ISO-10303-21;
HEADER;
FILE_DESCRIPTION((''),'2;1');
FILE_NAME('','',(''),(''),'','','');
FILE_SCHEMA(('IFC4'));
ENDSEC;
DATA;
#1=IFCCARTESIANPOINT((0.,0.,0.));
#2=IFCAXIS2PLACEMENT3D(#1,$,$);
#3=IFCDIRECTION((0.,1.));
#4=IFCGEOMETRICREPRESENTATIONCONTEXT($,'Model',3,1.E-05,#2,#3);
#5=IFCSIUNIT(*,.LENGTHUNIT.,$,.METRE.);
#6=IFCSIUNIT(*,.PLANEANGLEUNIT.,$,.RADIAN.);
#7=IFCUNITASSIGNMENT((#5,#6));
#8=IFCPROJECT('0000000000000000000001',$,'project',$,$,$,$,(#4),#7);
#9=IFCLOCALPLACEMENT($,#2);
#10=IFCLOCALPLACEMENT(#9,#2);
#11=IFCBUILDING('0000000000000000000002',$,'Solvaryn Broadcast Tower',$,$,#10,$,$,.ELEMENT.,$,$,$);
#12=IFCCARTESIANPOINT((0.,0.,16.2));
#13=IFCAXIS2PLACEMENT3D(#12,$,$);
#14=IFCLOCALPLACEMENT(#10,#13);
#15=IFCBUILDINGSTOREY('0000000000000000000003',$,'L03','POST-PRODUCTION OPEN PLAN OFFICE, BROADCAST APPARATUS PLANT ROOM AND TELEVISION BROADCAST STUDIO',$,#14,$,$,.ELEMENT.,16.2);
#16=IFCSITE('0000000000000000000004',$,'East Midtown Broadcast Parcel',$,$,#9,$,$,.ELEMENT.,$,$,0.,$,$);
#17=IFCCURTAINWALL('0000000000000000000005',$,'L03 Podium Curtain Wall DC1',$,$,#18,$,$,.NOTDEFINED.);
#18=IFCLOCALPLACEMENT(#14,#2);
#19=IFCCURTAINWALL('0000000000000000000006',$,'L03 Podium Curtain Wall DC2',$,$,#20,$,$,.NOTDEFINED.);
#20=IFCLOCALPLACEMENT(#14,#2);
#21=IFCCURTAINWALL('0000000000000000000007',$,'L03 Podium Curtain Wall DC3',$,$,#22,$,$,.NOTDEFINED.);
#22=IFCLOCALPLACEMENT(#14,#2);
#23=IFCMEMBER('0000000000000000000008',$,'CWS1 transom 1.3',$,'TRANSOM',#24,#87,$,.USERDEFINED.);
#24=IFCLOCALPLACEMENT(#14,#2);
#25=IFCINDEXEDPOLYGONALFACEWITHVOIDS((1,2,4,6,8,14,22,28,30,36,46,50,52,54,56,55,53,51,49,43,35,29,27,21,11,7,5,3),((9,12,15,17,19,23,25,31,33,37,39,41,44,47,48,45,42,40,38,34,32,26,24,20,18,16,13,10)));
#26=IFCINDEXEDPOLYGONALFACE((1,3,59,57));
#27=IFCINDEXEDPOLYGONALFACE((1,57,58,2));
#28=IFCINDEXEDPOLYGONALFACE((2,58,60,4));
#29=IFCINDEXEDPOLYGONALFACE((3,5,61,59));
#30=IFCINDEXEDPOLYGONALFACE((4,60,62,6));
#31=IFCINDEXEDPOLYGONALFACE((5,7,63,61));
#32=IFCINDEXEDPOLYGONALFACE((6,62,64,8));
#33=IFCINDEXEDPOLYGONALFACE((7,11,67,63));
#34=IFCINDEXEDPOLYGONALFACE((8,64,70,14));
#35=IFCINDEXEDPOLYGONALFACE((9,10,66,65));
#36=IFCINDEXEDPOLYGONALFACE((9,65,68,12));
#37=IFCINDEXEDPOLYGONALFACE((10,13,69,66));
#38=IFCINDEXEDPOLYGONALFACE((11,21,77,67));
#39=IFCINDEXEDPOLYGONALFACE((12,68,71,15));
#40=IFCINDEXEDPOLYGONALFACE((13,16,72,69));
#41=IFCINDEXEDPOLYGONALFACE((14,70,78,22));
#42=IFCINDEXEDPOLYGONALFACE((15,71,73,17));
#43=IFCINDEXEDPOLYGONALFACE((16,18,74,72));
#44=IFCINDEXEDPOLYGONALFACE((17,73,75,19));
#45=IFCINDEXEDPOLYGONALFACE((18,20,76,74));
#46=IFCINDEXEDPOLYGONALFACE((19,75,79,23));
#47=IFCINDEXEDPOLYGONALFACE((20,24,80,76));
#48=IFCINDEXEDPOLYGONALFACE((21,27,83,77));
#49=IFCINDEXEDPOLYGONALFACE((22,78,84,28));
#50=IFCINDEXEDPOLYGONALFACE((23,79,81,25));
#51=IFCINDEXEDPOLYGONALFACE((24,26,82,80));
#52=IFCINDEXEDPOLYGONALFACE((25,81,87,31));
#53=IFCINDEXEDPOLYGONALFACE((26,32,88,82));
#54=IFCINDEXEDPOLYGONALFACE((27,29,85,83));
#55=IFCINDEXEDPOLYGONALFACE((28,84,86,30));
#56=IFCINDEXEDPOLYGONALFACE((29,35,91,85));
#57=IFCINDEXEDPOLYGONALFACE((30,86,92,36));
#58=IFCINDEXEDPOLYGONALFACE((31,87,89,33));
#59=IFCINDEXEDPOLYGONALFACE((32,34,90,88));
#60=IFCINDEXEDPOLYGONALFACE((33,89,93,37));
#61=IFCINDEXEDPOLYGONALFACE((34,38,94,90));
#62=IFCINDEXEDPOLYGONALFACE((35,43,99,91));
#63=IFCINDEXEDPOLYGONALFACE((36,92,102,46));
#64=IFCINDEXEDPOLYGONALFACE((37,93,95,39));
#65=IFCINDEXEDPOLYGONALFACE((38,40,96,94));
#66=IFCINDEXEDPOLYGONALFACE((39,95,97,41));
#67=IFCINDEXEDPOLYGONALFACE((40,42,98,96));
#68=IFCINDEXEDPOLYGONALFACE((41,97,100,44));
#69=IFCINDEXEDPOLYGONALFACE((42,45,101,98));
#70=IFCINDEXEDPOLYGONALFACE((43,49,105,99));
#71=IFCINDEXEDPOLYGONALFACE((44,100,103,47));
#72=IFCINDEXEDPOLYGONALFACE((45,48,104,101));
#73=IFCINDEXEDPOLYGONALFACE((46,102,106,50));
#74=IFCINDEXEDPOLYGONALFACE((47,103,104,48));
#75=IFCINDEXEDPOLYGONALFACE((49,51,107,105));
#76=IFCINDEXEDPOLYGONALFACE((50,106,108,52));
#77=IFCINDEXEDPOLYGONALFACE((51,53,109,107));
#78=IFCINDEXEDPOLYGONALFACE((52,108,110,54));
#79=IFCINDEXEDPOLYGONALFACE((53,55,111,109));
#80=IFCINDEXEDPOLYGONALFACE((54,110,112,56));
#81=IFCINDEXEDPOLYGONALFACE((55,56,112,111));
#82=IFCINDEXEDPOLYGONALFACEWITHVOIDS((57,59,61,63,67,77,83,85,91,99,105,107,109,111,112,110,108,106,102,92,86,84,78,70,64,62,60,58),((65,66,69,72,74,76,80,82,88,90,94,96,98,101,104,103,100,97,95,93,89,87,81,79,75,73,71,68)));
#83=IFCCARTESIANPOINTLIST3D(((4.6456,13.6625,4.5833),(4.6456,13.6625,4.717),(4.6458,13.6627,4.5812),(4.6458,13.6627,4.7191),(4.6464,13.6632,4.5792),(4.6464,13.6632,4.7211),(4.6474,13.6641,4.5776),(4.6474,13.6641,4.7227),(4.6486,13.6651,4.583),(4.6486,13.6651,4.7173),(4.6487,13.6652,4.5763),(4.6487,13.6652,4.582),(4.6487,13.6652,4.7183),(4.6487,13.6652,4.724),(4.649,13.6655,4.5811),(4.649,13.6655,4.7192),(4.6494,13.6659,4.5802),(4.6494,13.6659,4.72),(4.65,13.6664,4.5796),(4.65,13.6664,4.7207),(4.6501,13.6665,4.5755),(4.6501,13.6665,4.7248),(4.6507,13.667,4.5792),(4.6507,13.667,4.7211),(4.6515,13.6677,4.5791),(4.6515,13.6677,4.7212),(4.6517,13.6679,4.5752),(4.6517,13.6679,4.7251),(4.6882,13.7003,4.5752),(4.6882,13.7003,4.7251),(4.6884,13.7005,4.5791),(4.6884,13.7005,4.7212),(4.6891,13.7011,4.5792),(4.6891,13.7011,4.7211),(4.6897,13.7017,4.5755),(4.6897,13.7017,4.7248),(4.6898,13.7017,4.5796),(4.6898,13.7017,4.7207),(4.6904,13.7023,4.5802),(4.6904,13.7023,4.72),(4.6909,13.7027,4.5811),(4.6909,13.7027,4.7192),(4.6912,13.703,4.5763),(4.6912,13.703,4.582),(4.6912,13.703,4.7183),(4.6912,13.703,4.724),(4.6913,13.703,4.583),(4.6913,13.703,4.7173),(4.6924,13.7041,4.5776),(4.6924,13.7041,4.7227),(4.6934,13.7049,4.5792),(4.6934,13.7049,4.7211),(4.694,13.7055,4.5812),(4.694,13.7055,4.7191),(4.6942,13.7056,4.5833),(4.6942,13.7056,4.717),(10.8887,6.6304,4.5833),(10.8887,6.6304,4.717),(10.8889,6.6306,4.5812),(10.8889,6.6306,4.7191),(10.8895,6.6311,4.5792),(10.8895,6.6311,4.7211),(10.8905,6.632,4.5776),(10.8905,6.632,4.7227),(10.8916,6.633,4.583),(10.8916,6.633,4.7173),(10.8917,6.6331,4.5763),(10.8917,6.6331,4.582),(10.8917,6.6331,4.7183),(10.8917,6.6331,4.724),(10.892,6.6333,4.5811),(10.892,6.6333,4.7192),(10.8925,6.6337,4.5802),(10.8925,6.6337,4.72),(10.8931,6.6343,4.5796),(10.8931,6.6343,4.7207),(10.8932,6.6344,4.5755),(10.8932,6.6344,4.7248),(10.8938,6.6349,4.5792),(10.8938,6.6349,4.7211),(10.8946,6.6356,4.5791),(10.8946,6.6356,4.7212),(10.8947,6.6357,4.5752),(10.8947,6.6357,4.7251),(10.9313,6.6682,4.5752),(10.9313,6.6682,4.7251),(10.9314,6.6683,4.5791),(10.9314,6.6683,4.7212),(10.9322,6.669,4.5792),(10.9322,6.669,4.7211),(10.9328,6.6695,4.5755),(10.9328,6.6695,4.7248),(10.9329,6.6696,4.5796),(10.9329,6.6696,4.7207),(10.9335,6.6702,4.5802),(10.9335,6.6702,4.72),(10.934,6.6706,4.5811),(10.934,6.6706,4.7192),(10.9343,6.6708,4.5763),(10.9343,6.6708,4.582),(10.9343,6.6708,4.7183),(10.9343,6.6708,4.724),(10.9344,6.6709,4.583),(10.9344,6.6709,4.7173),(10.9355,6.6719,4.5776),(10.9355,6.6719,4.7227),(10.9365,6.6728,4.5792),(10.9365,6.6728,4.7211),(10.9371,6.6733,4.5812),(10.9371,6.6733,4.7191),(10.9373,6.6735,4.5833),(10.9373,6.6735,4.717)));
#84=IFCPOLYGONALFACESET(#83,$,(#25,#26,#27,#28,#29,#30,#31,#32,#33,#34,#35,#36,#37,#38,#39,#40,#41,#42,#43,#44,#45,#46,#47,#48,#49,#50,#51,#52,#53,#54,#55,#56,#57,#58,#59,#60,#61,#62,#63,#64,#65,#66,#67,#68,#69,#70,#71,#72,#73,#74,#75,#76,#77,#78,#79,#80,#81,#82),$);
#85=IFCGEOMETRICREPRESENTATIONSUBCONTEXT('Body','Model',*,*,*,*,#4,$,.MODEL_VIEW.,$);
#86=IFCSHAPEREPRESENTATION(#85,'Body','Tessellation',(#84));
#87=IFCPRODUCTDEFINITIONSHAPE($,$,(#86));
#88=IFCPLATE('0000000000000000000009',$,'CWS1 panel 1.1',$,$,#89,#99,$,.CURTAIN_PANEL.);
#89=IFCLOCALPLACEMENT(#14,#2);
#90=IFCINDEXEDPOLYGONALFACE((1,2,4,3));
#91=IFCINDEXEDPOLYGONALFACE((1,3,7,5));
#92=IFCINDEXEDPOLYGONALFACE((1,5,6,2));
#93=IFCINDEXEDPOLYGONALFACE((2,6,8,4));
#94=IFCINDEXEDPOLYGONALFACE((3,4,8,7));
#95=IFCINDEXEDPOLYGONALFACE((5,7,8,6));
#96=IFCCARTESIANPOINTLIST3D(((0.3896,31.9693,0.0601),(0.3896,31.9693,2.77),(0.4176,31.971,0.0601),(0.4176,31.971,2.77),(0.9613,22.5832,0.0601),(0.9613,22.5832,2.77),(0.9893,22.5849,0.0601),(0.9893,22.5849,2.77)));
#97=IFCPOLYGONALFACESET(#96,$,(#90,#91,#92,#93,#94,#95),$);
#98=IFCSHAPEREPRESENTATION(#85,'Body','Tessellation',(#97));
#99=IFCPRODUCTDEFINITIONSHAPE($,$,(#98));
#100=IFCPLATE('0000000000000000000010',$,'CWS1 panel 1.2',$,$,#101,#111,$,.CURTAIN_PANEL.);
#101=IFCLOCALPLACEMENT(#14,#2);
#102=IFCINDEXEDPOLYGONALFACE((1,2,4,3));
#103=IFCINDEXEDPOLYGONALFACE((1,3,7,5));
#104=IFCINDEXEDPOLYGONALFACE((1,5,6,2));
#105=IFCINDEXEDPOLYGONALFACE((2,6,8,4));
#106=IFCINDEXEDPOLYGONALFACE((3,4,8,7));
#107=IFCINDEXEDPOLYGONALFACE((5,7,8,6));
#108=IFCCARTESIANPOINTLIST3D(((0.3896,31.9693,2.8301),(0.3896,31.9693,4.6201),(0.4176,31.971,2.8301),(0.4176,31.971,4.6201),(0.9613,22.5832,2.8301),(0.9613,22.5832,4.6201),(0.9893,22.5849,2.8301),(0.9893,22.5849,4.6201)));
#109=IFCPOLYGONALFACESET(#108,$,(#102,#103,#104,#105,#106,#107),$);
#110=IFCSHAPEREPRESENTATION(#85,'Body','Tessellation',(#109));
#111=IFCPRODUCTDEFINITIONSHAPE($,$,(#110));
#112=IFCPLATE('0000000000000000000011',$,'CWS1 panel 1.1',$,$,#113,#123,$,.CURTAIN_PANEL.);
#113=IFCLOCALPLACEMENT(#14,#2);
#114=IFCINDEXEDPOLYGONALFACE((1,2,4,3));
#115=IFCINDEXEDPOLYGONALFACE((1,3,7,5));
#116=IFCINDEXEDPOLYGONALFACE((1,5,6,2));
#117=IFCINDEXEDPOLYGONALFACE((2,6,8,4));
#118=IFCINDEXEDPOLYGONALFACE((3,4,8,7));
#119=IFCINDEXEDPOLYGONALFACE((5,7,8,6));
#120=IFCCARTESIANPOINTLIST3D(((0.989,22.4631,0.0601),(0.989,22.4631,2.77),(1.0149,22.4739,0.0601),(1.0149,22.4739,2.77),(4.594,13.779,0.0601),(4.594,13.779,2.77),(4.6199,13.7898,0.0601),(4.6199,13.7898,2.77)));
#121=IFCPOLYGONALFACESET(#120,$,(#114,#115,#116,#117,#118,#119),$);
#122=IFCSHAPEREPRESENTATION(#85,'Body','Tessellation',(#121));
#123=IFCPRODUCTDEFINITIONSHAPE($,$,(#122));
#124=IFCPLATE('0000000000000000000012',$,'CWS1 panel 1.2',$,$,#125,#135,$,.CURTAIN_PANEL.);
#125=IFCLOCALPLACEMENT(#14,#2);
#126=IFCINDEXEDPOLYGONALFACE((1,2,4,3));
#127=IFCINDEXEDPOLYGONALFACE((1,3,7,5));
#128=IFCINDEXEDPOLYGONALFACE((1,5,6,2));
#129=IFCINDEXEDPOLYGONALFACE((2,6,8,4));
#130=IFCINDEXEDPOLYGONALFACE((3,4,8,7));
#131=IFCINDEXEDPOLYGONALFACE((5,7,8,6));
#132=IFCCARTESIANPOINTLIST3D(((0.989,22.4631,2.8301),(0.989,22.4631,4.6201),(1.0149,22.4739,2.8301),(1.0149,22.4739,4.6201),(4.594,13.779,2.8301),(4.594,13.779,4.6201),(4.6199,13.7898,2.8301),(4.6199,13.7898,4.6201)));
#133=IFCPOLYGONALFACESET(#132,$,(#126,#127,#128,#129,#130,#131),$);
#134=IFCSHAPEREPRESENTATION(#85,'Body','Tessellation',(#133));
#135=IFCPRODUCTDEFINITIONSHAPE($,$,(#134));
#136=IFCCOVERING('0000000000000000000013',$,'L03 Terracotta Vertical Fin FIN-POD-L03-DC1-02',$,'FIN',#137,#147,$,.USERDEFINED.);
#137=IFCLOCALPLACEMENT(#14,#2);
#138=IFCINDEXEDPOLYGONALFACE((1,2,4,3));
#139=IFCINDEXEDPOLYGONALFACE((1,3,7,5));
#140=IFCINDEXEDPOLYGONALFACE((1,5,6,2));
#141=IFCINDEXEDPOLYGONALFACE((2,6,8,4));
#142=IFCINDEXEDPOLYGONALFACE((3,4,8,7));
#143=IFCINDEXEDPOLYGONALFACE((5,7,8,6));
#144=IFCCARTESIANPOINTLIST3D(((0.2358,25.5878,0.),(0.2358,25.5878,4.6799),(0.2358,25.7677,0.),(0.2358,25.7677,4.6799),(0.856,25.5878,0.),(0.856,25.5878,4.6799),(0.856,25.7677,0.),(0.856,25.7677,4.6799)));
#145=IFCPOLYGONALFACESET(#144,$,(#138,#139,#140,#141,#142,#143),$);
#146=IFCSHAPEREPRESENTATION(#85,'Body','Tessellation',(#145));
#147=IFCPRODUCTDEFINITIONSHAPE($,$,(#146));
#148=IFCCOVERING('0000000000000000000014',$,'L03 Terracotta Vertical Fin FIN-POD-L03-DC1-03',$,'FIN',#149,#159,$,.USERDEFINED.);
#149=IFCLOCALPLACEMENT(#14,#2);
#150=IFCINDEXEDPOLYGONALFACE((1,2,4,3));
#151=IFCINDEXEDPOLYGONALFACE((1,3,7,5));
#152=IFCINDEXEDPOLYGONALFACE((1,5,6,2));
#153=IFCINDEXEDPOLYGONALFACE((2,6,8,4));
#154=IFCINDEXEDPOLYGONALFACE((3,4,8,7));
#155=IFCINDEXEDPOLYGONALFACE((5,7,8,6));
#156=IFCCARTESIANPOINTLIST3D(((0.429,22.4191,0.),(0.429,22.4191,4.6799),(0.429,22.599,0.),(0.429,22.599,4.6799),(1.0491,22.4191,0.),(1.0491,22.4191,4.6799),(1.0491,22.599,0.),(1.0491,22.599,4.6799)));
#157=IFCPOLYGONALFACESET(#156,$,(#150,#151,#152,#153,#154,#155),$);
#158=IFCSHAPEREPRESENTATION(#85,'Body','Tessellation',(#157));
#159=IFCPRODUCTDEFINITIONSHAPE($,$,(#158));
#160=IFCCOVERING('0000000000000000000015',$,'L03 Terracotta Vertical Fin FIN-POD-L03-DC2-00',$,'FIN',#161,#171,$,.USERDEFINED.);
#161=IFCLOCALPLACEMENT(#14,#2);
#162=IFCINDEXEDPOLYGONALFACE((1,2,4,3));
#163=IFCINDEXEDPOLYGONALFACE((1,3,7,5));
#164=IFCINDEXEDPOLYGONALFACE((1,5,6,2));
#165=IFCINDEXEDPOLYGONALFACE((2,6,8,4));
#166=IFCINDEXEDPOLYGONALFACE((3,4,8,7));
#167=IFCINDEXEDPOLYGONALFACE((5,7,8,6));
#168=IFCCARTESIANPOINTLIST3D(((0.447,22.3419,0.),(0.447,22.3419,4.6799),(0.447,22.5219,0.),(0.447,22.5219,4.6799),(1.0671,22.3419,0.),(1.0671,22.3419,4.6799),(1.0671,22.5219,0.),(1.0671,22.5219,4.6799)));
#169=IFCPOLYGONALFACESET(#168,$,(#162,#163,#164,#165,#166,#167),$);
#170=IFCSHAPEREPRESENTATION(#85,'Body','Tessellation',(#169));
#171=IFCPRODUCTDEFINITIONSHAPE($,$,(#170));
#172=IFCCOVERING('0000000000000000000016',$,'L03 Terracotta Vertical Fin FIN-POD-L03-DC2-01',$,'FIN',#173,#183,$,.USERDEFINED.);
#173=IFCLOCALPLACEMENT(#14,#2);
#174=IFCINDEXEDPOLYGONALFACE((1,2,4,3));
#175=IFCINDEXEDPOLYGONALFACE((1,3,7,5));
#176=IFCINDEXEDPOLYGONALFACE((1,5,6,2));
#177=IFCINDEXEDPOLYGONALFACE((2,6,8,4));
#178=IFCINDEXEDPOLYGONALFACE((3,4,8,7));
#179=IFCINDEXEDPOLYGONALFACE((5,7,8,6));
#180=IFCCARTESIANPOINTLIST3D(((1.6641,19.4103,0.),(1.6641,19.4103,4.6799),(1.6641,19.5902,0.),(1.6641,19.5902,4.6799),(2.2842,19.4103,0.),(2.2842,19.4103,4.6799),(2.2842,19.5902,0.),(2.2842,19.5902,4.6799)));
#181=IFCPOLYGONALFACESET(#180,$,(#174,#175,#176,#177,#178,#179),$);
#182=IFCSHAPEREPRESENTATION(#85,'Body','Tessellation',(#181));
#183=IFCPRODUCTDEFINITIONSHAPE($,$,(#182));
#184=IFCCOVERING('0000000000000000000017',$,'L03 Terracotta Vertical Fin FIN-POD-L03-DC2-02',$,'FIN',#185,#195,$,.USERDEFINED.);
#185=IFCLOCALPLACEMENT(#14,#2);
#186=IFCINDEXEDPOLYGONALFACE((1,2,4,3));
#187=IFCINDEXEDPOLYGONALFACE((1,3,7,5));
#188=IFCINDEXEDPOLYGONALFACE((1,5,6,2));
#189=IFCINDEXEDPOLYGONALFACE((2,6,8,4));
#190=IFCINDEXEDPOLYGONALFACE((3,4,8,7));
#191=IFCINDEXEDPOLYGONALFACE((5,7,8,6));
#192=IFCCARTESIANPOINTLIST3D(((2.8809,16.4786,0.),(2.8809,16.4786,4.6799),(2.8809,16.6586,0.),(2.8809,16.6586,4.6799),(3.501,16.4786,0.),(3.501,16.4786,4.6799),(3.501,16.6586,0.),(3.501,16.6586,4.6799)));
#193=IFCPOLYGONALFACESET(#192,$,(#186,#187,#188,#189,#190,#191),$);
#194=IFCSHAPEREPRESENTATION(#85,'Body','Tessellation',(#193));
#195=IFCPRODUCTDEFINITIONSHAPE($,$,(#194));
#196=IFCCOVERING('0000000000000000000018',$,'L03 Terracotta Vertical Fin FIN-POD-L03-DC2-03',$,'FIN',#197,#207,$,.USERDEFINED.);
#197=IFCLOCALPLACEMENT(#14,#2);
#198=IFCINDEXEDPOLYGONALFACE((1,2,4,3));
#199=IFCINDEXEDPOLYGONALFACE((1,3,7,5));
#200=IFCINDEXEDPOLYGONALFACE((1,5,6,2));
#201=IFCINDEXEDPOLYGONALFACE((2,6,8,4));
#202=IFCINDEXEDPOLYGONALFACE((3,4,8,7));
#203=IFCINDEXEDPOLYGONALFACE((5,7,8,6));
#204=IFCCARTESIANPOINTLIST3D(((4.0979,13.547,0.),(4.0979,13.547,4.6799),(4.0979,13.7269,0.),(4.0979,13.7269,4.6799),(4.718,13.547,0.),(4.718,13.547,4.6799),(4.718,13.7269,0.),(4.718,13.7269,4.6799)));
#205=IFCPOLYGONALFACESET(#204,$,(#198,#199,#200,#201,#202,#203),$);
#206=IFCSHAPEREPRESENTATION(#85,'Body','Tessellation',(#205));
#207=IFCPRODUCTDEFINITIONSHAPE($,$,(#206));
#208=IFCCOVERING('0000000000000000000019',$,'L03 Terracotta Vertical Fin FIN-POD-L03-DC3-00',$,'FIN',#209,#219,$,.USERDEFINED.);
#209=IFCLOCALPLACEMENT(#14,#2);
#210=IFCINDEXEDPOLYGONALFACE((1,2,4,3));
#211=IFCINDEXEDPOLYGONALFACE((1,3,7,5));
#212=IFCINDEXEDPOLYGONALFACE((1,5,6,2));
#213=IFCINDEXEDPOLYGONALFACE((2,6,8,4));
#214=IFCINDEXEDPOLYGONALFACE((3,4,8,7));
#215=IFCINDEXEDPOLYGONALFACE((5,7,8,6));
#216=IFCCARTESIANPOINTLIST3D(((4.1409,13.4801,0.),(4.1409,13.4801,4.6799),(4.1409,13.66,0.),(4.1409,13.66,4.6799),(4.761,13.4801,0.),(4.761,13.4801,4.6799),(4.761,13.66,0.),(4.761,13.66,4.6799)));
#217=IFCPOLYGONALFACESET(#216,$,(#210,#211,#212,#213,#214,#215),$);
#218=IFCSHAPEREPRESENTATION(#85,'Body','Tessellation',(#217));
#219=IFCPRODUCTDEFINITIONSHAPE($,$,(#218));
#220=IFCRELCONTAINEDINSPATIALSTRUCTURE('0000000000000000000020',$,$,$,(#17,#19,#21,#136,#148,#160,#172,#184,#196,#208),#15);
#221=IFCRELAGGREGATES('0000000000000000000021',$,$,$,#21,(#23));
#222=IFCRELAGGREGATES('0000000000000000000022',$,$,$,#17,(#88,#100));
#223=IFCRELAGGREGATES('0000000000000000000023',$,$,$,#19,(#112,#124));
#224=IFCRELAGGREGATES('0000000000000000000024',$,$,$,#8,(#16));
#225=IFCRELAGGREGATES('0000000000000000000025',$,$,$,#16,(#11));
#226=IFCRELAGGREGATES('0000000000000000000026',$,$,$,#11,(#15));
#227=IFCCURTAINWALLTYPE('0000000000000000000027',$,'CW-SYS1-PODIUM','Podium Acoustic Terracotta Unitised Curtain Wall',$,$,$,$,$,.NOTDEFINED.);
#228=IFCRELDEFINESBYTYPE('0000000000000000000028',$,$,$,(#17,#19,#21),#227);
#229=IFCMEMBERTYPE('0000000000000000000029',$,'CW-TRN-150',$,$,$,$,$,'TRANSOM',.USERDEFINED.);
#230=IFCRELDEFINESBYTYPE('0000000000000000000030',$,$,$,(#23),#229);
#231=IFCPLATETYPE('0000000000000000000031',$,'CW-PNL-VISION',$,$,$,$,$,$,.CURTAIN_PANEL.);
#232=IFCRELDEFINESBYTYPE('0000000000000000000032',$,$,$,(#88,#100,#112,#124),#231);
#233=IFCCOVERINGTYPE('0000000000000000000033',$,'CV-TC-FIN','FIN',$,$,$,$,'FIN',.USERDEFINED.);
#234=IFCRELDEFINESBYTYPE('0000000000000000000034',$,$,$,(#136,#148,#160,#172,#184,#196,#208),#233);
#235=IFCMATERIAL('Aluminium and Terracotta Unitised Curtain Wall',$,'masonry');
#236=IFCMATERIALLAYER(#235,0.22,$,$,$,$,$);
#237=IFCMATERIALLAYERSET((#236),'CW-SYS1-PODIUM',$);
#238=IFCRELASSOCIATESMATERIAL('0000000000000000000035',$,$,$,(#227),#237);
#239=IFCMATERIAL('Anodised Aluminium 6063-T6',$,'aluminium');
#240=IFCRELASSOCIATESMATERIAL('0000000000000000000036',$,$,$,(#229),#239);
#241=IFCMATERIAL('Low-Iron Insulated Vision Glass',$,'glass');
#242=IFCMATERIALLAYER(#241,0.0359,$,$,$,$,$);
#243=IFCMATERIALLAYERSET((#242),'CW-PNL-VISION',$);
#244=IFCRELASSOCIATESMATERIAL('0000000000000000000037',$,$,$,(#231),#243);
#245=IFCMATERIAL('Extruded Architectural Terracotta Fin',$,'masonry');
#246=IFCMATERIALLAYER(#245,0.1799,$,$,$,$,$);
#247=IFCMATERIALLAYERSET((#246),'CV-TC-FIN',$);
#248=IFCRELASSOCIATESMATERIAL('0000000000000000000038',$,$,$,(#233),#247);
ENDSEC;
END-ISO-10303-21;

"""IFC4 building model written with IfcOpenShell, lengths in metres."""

from ifc_helpers import new_model, si_unit, direction, frame, origin, origin_2d, place, context, subcontext, project, spatial, rectangle, hollow_rectangle, extrude, material, layer, layer_set, material_profile, profile_set, type_object, element, aggregate, save


model = new_model("IFC4")

# Units and contexts
model_context = context("Model", 3, precision=1e-05, world=origin(), true_north=direction((0.0, 1.0)))
body_context = subcontext(model_context, "Body", "Model", "MODEL_VIEW")
ifc_project = project(units=[si_unit("LENGTHUNIT", "METRE"), si_unit("PLANEANGLEUNIT", "RADIAN")], contexts=[model_context])

# Site, building, storey
site_placement = place(None, origin())
site = spatial("IfcSite", under=ifc_project, at=site_placement, Name="East Midtown Broadcast Parcel", CompositionType="ELEMENT", RefElevation=0.0)
building_placement = place(site_placement, origin())
building = spatial("IfcBuilding", under=site, at=building_placement, Name="Solvaryn Broadcast Tower", CompositionType="ELEMENT")
storey_placement = place(building_placement, frame((0.0, 0.0, 16.2)))
storey = spatial("IfcBuildingStorey", under=building, at=storey_placement, Name="L03", Description="POST-PRODUCTION OPEN PLAN OFFICE, BROADCAST APPARATUS PLANT ROOM AND TELEVISION BROADCAST STUDIO", CompositionType="ELEMENT", Elevation=16.2)

# Curtain wall
ifc_material_1 = material(Name="Aluminium and Terracotta Unitised Curtain Wall", Category="masonry")
ifc_layer_1 = layer(ifc_material_1, 0.22)
ifc_layer_set_1 = layer_set([ifc_layer_1], Name="CW-SYS1-PODIUM")
curtain_wall_type = type_object("IfcCurtainWallType", Name="CW-SYS1-PODIUM", Description="Podium Acoustic Terracotta Unitised Curtain Wall", PredefinedType="NOTDEFINED", material=ifc_layer_set_1)
curtain_wall_1_placement = place(storey_placement, origin())
curtain_wall_1 = element("IfcCurtainWall", 1, at=curtain_wall_1_placement, inside=storey, type_object=curtain_wall_type, Name="L03 Podium Curtain Wall DC1", PredefinedType="NOTDEFINED")

# Curtain wall
curtain_wall_2_placement = place(storey_placement, origin())
curtain_wall_2 = element("IfcCurtainWall", 2, at=curtain_wall_2_placement, inside=storey, type_object=curtain_wall_type, Name="L03 Podium Curtain Wall DC2", PredefinedType="NOTDEFINED")

# Curtain wall
curtain_wall_3_placement = place(storey_placement, origin())
curtain_wall_3 = element("IfcCurtainWall", 3, at=curtain_wall_3_placement, inside=storey, type_object=curtain_wall_type, Name="L03 Podium Curtain Wall DC3", PredefinedType="NOTDEFINED")

# Member
ifc_material_2 = material(Name="Anodised Aluminium 6063-T6", Category="aluminium")
ifc_material_profile_1 = material_profile(ifc_material_2, hollow_rectangle(XDim=0.0649, YDim=0.1499, WallThickness=0.0039, InnerFilletRadius=0.0039, OuterFilletRadius=0.0081, at=origin_2d()))
ifc_profile_set_1 = profile_set([ifc_material_profile_1], Name="Anodised Aluminium 6063-T6")
member_type_1 = type_object("IfcMemberType", Name="CW-TRN-150", ElementType="TRANSOM", PredefinedType="USERDEFINED", material=ifc_profile_set_1)
member_1_placement = place(storey_placement, frame((4.6699, 13.6841, 4.6501), z_axis=(0.663906, -0.747816, 0.0), x_axis=(0.747816, 0.663906, 0.0)))
member_1 = element("IfcMember", 4, at=member_1_placement, type_object=member_type_1, Name="CWS1 transom 1.3", ObjectType="TRANSOM", PredefinedType="USERDEFINED", context=body_context, shape_type="SweptSolid", body=[
    extrude(hollow_rectangle(XDim=0.0649, YDim=0.1499, WallThickness=0.0039, InnerFilletRadius=0.0039, OuterFilletRadius=0.0081, at=origin_2d()), origin(), (0.0, 0.0, 1.0), 9.4036),
])
aggregate(curtain_wall_3, [member_1])

# Plates
ifc_material_3 = material(Name="Low-Iron Insulated Vision Glass", Category="glass")
ifc_layer_2 = layer(ifc_material_3, 0.0359)
ifc_layer_set_2 = layer_set([ifc_layer_2], Name="CW-PNL-VISION")
plate_type = type_object("IfcPlateType", Name="CW-PNL-VISION", PredefinedType="CURTAIN_PANEL", material=ifc_layer_set_2)
plate_1_placement = place(storey_placement, frame((0.6895, 27.2771, 0.0601), z_axis=(0.0, 0.0, 1.0), x_axis=(0.060796, -0.99815, 0.0)))
plate_1 = element("IfcPlate", 5, at=plate_1_placement, type_object=plate_type, Name="CWS1 panel 1.1", PredefinedType="CURTAIN_PANEL", context=body_context, shape_type="SweptSolid", body=[
    extrude(rectangle(XDim=9.4036, YDim=0.0281, at=origin_2d()), origin(), (0.0, 0.0, 1.0), 2.71),
])
plate_2_placement = place(storey_placement, frame((0.6895, 27.2771, 2.8301), z_axis=(0.0, 0.0, 1.0), x_axis=(0.060796, -0.99815, 0.0)))
plate_2 = element("IfcPlate", 6, at=plate_2_placement, type_object=plate_type, Name="CWS1 panel 1.2", PredefinedType="CURTAIN_PANEL", context=body_context, shape_type="SweptSolid", body=[
    extrude(rectangle(XDim=9.4036, YDim=0.0281, at=origin_2d()), origin(), (0.0, 0.0, 1.0), 1.79),
])
aggregate(curtain_wall_1, [plate_1, plate_2])
plate_3_placement = place(storey_placement, frame((2.8044, 18.1265, 0.0601), z_axis=(0.0, 0.0, 1.0), x_axis=(0.3834, -0.923583, 0.0)))
plate_3 = element("IfcPlate", 7, at=plate_3_placement, type_object=plate_type, Name="CWS1 panel 1.1", PredefinedType="CURTAIN_PANEL", context=body_context, shape_type="SweptSolid", body=[
    extrude(rectangle(XDim=9.4026, YDim=0.0281, at=origin_2d()), origin(), (0.0, 0.0, 1.0), 2.71),
])
plate_4_placement = place(storey_placement, frame((2.8044, 18.1265, 2.8301), z_axis=(0.0, 0.0, 1.0), x_axis=(0.3834, -0.923583, 0.0)))
plate_4 = element("IfcPlate", 8, at=plate_4_placement, type_object=plate_type, Name="CWS1 panel 1.2", PredefinedType="CURTAIN_PANEL", context=body_context, shape_type="SweptSolid", body=[
    extrude(rectangle(XDim=9.4026, YDim=0.0281, at=origin_2d()), origin(), (0.0, 0.0, 1.0), 1.79),
])
aggregate(curtain_wall_2, [plate_3, plate_4])

# Coverings
ifc_material_4 = material(Name="Extruded Architectural Terracotta Fin", Category="masonry")
ifc_layer_3 = layer(ifc_material_4, 0.1799)
ifc_layer_set_3 = layer_set([ifc_layer_3], Name="CV-TC-FIN")
covering_type = type_object("IfcCoveringType", Name="CV-TC-FIN", Description="FIN", ElementType="FIN", PredefinedType="USERDEFINED", material=ifc_layer_set_3)
for number, where, z_axis, x_axis, name in (
    (9, (0.5459, 25.6777, 0.0), (0.0, 0.0, 1.0), (1.0, 0.0, 0.0), "L03 Terracotta Vertical Fin FIN-POD-L03-DC1-02"),
    (10, (0.739, 22.509, 0.0), (0.0, 0.0, 1.0), (1.0, 0.0, 0.0), "L03 Terracotta Vertical Fin FIN-POD-L03-DC1-03"),
    (11, (0.7571, 22.4319, 0.0), (0.0, 0.0, 1.0), (1.0, 0.0, 0.0), "L03 Terracotta Vertical Fin FIN-POD-L03-DC2-00"),
    (12, (1.9741, 19.5002, 0.0), (0.0, 0.0, 1.0), (1.0, 0.0, 0.0), "L03 Terracotta Vertical Fin FIN-POD-L03-DC2-01"),
    (13, (3.1909, 16.5686, 0.0), (0.0, 0.0, 1.0), (1.0, 0.0, 0.0), "L03 Terracotta Vertical Fin FIN-POD-L03-DC2-02"),
    (14, (4.408, 13.637, 0.0), (0.0, 0.0, 1.0), (1.0, 0.0, 0.0), "L03 Terracotta Vertical Fin FIN-POD-L03-DC2-03"),
    (15, (4.4509, 13.5701, 0.0), (0.0, 0.0, 1.0), (1.0, 0.0, 0.0), "L03 Terracotta Vertical Fin FIN-POD-L03-DC3-00"),
):
    element("IfcCovering", number, at=place(storey_placement, frame(where, z_axis=z_axis, x_axis=x_axis)), inside=storey, type_object=covering_type, Name=name, ObjectType="FIN", PredefinedType="USERDEFINED", context=body_context, shape_type="SweptSolid", body=[
        extrude(rectangle(XDim=0.6201, YDim=0.1799, at=origin_2d()), origin(), (0.0, 0.0, 1.0), 4.6799),
    ])

save(model, "model.ifc")
